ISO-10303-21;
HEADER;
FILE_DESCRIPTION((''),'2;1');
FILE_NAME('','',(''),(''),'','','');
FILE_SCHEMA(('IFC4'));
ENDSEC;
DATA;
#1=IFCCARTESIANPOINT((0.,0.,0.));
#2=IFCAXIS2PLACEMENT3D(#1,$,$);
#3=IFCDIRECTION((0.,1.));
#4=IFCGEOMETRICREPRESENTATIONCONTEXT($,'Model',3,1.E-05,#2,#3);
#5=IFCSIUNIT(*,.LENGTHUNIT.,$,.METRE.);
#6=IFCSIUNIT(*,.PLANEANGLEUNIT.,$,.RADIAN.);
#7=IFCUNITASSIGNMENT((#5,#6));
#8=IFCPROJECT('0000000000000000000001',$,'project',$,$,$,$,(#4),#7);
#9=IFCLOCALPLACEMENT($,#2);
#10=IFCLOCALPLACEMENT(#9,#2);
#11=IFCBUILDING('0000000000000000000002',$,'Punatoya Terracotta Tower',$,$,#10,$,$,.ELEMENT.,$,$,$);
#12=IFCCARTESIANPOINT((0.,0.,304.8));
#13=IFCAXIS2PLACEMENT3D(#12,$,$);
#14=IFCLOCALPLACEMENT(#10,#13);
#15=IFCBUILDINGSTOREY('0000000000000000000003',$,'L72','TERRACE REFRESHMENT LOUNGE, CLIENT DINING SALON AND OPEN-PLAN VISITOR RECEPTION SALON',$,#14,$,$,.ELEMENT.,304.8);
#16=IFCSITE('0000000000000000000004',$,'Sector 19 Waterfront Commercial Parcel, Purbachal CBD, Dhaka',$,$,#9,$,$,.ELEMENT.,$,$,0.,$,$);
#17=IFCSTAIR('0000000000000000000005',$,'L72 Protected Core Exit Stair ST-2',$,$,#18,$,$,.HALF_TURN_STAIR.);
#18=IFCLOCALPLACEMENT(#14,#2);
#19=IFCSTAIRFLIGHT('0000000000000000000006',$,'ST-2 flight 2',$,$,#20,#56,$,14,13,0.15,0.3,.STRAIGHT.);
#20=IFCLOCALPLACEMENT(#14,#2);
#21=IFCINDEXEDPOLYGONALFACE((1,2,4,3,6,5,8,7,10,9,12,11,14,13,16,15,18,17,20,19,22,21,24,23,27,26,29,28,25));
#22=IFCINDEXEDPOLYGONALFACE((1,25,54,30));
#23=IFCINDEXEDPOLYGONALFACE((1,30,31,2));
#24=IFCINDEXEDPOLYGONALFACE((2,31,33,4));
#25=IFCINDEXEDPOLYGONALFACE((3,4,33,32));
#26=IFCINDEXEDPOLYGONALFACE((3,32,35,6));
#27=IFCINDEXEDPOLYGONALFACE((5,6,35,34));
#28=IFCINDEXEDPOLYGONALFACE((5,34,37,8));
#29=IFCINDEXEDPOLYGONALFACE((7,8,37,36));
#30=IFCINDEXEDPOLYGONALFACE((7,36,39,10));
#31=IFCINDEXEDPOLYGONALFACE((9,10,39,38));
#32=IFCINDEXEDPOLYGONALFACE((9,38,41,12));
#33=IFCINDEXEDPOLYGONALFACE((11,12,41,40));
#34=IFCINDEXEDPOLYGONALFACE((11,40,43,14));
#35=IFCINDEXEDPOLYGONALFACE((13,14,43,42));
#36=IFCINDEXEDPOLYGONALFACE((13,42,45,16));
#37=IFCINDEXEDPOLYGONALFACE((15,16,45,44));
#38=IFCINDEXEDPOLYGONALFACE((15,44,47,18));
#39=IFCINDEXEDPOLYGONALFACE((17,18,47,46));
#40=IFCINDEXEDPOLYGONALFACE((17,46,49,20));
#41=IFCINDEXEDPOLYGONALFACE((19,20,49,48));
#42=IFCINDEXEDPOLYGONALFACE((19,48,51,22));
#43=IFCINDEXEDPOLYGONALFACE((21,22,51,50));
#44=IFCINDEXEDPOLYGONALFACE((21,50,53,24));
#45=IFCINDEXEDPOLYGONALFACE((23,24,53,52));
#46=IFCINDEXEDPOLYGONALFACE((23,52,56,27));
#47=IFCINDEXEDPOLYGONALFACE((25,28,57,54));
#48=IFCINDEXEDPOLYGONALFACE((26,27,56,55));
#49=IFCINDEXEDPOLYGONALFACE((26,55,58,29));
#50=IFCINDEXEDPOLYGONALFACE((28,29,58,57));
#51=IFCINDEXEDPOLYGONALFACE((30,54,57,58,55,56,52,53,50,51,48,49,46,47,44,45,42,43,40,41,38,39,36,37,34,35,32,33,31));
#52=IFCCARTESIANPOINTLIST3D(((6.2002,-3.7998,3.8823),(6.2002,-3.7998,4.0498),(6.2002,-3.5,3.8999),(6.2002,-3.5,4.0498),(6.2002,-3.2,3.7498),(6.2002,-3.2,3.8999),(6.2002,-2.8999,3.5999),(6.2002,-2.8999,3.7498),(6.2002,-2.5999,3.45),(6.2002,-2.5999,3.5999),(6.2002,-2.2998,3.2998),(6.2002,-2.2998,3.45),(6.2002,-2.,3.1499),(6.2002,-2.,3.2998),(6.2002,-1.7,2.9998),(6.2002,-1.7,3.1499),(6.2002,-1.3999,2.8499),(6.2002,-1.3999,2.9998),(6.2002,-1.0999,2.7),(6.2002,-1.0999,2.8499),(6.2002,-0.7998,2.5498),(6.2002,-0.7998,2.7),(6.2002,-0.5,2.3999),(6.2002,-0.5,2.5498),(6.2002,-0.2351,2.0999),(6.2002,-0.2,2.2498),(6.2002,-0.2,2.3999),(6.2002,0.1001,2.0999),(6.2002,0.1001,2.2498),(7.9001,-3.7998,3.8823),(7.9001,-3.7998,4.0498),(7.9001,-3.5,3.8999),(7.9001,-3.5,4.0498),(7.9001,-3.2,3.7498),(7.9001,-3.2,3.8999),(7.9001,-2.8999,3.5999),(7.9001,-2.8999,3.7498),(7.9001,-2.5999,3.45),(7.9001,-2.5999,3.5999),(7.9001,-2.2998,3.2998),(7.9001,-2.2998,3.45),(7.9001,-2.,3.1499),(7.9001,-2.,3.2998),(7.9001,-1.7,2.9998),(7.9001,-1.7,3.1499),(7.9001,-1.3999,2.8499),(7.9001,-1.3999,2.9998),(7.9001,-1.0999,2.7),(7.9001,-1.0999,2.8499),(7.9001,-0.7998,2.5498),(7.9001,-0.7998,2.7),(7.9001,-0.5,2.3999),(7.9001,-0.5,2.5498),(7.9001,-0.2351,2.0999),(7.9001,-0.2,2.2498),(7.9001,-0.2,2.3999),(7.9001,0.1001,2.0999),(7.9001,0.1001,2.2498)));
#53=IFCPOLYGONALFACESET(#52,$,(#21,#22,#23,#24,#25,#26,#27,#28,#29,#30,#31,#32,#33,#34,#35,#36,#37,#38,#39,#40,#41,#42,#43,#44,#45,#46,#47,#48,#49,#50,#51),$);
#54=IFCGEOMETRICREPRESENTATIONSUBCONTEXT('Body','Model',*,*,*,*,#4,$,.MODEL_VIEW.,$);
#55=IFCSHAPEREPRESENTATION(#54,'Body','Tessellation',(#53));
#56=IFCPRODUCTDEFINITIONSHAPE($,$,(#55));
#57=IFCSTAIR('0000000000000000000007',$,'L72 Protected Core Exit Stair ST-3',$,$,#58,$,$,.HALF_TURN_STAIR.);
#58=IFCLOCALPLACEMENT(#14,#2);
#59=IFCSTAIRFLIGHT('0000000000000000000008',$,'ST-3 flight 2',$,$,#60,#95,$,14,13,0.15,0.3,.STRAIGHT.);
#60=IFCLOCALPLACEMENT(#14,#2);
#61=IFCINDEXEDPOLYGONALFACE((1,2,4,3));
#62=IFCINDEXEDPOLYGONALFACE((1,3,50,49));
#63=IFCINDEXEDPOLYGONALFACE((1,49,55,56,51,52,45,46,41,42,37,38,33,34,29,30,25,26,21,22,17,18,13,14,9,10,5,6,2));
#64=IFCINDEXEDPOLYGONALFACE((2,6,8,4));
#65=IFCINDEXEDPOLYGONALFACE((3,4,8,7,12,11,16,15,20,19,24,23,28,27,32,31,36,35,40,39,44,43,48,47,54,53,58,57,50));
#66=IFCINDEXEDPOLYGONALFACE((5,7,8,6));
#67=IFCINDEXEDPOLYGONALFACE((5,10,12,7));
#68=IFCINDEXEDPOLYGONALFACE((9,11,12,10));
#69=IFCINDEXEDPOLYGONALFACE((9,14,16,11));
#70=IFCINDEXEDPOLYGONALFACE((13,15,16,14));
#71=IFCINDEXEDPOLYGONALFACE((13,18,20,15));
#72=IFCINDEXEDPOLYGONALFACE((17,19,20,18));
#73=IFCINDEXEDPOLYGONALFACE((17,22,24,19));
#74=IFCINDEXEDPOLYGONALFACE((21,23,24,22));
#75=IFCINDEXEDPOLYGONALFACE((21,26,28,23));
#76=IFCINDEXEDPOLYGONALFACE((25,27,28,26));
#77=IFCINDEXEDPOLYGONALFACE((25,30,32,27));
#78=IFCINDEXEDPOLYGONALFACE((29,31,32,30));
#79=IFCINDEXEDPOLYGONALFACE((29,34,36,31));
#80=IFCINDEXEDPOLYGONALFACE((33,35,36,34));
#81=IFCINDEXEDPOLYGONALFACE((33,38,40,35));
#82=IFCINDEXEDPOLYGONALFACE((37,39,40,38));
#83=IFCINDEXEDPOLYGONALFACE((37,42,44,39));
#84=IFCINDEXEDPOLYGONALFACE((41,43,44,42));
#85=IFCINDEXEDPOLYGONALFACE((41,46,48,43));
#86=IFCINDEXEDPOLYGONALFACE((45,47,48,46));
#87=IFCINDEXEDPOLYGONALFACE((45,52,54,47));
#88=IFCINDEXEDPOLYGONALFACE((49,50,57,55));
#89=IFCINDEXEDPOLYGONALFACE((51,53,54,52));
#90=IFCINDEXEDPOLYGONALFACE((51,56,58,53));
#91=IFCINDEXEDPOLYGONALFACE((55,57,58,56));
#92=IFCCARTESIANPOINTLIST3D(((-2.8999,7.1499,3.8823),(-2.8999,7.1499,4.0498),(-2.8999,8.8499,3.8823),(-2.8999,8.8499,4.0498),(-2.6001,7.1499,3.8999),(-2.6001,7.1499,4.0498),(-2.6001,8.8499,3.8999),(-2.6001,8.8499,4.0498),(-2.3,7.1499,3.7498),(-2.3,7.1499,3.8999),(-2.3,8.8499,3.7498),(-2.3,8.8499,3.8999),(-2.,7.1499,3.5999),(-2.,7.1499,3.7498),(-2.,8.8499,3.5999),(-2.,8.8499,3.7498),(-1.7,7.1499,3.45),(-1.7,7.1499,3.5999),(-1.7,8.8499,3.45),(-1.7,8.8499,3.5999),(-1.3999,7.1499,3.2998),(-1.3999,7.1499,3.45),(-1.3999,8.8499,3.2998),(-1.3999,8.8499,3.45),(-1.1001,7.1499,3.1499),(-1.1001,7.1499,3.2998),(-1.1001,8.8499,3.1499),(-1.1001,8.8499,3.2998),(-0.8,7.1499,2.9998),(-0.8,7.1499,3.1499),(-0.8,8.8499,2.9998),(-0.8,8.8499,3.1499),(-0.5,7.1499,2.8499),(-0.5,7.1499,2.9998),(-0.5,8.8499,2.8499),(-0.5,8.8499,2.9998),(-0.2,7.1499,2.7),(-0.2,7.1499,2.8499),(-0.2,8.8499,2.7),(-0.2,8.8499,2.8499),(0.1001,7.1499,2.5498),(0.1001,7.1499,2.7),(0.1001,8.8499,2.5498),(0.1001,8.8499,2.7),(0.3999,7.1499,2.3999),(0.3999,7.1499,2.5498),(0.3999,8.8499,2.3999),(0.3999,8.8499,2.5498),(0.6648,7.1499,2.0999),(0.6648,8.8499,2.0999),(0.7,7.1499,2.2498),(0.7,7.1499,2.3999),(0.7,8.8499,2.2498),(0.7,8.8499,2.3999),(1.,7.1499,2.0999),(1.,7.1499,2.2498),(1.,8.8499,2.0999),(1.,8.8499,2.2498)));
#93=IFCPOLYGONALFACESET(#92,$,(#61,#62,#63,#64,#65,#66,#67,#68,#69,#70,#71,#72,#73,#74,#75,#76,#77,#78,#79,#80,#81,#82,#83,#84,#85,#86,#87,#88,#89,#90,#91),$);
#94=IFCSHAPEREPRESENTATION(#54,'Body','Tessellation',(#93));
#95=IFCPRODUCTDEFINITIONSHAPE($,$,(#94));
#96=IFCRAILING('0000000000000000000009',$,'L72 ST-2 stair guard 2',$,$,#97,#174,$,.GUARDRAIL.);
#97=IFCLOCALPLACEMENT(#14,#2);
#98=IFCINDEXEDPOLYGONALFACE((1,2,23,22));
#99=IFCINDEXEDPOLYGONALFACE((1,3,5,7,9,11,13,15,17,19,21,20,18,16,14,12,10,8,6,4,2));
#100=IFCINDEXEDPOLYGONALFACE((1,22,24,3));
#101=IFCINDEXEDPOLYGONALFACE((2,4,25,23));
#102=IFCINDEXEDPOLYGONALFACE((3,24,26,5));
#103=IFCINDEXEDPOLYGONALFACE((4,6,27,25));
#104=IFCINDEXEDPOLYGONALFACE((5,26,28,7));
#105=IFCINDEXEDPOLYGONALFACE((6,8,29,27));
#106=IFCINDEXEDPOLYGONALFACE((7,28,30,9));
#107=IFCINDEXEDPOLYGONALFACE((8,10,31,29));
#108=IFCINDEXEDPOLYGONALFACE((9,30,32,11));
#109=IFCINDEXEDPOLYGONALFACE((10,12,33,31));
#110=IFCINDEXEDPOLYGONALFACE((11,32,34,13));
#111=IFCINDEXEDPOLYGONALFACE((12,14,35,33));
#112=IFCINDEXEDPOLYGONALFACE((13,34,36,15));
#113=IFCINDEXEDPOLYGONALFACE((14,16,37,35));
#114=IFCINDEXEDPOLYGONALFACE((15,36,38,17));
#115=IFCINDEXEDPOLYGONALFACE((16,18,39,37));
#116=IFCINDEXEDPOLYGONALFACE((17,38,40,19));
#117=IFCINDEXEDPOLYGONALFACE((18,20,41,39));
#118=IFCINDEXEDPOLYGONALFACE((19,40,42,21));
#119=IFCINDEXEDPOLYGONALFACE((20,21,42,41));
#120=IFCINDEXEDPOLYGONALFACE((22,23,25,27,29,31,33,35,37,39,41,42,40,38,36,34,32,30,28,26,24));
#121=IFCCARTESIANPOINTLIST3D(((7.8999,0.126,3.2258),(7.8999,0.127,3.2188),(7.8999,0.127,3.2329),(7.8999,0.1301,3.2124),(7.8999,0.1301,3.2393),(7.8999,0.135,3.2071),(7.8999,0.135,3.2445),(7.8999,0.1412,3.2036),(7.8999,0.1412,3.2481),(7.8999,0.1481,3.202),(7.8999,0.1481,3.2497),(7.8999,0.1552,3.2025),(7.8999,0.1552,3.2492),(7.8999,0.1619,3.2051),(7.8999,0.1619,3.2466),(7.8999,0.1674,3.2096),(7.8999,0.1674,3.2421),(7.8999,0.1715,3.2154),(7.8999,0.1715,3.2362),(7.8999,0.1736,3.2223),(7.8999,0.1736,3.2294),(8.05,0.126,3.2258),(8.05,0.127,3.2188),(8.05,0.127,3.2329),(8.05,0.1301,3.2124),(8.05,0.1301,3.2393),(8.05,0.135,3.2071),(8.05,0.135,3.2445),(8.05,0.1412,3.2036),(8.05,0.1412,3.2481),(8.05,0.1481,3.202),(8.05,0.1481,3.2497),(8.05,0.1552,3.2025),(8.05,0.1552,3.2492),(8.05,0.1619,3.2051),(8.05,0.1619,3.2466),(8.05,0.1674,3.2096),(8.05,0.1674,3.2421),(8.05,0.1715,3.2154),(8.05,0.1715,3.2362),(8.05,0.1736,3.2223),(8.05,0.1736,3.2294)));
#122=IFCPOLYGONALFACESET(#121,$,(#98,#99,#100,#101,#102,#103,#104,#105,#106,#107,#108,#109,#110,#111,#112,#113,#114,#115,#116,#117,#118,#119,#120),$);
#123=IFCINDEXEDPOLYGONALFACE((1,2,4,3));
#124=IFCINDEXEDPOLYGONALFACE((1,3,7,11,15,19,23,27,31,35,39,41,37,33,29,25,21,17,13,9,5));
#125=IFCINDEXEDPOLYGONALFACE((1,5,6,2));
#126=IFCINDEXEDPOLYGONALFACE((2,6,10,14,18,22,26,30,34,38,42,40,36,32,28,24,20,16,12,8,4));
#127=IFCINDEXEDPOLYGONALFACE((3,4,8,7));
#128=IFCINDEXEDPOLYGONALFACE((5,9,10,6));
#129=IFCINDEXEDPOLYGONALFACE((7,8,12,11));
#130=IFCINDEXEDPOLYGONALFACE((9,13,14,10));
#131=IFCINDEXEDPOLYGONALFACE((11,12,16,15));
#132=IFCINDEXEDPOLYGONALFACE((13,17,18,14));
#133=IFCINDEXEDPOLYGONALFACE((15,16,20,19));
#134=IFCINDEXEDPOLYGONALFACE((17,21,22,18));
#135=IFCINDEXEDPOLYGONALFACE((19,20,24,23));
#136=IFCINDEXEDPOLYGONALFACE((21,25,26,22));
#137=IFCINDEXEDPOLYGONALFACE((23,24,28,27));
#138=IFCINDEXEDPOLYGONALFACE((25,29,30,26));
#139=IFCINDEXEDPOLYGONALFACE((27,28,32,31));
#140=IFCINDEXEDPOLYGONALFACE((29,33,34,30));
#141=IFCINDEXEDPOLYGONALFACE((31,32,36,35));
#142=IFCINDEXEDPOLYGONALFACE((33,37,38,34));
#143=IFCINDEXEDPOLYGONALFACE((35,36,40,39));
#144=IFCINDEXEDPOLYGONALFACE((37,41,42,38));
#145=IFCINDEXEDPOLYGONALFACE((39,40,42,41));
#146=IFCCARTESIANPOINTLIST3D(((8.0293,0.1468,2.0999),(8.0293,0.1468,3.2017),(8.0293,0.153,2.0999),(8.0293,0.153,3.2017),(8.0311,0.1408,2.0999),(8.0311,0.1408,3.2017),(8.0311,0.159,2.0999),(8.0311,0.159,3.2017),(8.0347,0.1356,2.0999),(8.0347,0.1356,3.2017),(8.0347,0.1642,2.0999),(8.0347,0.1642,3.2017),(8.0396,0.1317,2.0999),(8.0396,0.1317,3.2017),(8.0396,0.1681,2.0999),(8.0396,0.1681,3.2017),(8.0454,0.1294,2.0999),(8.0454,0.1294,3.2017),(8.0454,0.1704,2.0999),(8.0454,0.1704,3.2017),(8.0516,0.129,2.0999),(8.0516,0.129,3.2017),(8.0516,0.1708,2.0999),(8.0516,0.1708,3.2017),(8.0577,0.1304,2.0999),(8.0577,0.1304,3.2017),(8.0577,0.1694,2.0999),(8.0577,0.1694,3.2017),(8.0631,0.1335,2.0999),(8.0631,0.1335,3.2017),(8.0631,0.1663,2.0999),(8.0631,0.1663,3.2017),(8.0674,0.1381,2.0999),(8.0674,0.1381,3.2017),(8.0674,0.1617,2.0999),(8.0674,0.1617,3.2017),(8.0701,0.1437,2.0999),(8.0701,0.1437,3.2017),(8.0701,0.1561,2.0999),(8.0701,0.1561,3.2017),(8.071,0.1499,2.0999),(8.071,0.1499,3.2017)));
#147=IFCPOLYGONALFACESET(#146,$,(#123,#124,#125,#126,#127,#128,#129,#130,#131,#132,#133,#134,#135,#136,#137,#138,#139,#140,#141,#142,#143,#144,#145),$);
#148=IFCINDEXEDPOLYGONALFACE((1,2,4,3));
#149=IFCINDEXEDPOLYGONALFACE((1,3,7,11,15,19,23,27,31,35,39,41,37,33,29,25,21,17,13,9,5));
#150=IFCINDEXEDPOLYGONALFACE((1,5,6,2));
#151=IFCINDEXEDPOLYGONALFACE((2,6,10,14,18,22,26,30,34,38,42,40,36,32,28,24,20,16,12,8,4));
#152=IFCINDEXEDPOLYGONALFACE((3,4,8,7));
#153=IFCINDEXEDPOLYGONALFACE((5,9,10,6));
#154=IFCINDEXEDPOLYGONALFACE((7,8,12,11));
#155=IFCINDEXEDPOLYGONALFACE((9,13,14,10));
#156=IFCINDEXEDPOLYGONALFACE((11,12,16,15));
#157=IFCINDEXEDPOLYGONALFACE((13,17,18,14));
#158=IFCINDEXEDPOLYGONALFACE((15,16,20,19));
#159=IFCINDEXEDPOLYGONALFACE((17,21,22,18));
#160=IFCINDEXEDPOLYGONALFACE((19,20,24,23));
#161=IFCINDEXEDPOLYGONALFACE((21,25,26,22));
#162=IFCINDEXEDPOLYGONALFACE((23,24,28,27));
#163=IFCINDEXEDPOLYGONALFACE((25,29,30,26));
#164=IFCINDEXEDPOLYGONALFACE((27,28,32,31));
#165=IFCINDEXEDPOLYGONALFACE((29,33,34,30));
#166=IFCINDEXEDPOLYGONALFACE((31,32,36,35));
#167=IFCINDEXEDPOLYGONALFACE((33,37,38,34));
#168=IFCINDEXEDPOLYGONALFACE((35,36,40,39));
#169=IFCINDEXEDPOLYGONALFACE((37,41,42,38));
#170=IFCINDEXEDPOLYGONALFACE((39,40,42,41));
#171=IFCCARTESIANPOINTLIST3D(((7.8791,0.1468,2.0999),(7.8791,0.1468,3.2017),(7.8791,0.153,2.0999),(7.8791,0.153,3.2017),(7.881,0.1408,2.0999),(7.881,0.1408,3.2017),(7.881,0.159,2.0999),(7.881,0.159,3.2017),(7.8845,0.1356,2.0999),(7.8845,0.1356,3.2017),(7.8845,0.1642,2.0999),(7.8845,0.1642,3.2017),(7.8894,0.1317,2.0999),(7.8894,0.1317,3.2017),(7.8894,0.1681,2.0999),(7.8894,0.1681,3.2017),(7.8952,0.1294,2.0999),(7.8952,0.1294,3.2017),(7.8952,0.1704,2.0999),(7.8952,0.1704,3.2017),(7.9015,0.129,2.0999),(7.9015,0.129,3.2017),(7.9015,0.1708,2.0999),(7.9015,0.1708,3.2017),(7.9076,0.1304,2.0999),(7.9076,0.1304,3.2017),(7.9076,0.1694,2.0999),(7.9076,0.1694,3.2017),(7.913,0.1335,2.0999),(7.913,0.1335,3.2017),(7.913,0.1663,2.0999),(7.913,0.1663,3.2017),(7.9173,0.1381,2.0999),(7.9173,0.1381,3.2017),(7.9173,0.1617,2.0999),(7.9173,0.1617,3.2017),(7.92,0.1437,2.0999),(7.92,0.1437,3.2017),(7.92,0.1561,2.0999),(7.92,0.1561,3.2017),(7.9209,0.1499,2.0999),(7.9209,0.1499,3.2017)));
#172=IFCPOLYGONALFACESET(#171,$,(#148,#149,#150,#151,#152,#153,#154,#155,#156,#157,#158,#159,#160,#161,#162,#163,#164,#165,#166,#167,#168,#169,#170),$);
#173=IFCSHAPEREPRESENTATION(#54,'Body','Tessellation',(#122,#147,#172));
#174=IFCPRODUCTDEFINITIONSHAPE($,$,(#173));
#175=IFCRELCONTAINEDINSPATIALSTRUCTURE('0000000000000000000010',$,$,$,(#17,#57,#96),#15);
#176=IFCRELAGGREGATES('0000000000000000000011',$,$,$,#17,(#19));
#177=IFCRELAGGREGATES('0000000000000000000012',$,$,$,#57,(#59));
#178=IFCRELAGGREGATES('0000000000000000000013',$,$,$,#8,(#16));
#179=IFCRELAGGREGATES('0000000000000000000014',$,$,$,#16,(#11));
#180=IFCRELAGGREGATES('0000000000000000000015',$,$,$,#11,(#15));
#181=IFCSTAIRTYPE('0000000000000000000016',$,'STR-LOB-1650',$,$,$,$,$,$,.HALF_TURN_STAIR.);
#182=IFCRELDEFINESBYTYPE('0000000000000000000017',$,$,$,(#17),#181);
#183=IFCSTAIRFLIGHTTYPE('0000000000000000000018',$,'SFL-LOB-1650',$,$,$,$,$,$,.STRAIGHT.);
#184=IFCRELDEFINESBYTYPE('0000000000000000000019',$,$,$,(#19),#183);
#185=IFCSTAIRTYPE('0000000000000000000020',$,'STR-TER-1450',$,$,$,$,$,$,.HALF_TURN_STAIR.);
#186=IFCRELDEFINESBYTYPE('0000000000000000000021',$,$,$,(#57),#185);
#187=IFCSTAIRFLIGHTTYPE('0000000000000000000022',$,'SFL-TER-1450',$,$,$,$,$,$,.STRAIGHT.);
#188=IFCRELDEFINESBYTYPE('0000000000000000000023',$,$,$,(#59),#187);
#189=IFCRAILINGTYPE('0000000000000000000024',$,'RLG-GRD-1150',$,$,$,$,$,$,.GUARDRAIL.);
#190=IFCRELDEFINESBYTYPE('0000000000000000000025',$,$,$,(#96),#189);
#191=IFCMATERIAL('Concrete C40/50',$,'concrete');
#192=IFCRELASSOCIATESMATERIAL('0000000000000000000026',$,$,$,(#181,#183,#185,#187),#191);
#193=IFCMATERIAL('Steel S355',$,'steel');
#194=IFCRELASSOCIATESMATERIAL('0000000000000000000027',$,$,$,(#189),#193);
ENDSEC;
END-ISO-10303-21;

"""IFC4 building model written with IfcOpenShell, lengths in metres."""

from ifc_helpers import new_model, si_unit, direction, frame, origin, origin_2d, place, context, subcontext, project, spatial, polyline, circle, outline, extrude, material, type_object, element, aggregate, save


model = new_model("IFC4")

# Units and contexts
model_context = context("Model", 3, precision=1e-05, world=origin(), true_north=direction((0.0, 1.0)))
body_context = subcontext(model_context, "Body", "Model", "MODEL_VIEW")
ifc_project = project(units=[si_unit("LENGTHUNIT", "METRE"), si_unit("PLANEANGLEUNIT", "RADIAN")], contexts=[model_context])

# Site, building, storey
site_placement = place(None, origin())
site = spatial("IfcSite", under=ifc_project, at=site_placement, Name="Sector 19 Waterfront Commercial Parcel, Purbachal CBD, Dhaka", CompositionType="ELEMENT", RefElevation=0.0)
building_placement = place(site_placement, origin())
building = spatial("IfcBuilding", under=site, at=building_placement, Name="Punatoya Terracotta Tower", CompositionType="ELEMENT")
storey_placement = place(building_placement, frame((0.0, 0.0, 304.8)))
storey = spatial("IfcBuildingStorey", under=building, at=storey_placement, Name="L72", Description="TERRACE REFRESHMENT LOUNGE, CLIENT DINING SALON AND OPEN-PLAN VISITOR RECEPTION SALON", CompositionType="ELEMENT", Elevation=304.8)

# Shared definitions
ifc_material_1 = material(Name="Steel S355", Category="steel")

# Shared definitions
ifc_material_2 = material(Name="Concrete C40/50", Category="concrete")

# Stairs, stair flights
stair_type_1 = type_object("IfcStairType", Name="STR-LOB-1650", PredefinedType="HALF_TURN_STAIR", material=ifc_material_2)
stair_1_placement = place(storey_placement, origin())
stair_1 = element("IfcStair", 1, at=stair_1_placement, inside=storey, type_object=stair_type_1, Name="L72 Protected Core Exit Stair ST-2", PredefinedType="HALF_TURN_STAIR")
stair_flight_type_1 = type_object("IfcStairFlightType", Name="SFL-LOB-1650", PredefinedType="STRAIGHT", material=ifc_material_2)
stair_flight_1_placement = place(storey_placement, frame((7.05, 0.1001, 2.0999), z_axis=(0.0, 0.0, 1.0), x_axis=(0.0, -1.0, 0.0)))
stair_flight_1 = element("IfcStairFlight", 2, at=stair_flight_1_placement, type_object=stair_flight_type_1, Name="ST-2 flight 2", NumberOfRisers=14, NumberOfTreads=13, PredefinedType="STRAIGHT", RiserHeight=0.15, TreadLength=0.3, context=body_context, shape_type="SweptSolid", body=[
    extrude(outline(polyline([(0.0, 0.0), (0.0, 0.1499), (0.3, 0.1499), (0.3, 0.3), (0.6001, 0.3), (0.6001, 0.45), (0.8999, 0.45), (0.8999, 0.6001), (1.2, 0.6001), (1.2, 0.75), (1.5, 0.75), (1.5, 0.8999), (1.8, 0.8999), (1.8, 1.05), (2.1001, 1.05), (2.1001, 1.2), (2.3999, 1.2), (2.3999, 1.3501), (2.7, 1.3501), (2.7, 1.5), (3.0, 1.5), (3.0, 1.6499), (3.3, 1.6499), (3.3, 1.8), (3.6001, 1.8), (3.6001, 1.95), (3.8999, 1.95), (3.8999, 2.1001), (3.8999, 1.7825), (0.3352, 0.0), (0.0, 0.0)])), frame((0.0, 0.8501, 0.0), z_axis=(0.0, -1.0, 0.0), x_axis=(1.0, 0.0, 0.0)), (0.0, 0.0, 1.0), 1.7),
])
aggregate(stair_1, [stair_flight_1])
stair_type_2 = type_object("IfcStairType", Name="STR-TER-1450", PredefinedType="HALF_TURN_STAIR", material=ifc_material_2)
stair_2_placement = place(storey_placement, origin())
stair_2 = element("IfcStair", 3, at=stair_2_placement, inside=storey, type_object=stair_type_2, Name="L72 Protected Core Exit Stair ST-3", PredefinedType="HALF_TURN_STAIR")
stair_flight_type_2 = type_object("IfcStairFlightType", Name="SFL-TER-1450", PredefinedType="STRAIGHT", material=ifc_material_2)
stair_flight_2_placement = place(storey_placement, frame((1.0, 8.0, 2.0999), z_axis=(0.0, 0.0, 1.0), x_axis=(-1.0, 0.0, 0.0)))
stair_flight_2 = element("IfcStairFlight", 4, at=stair_flight_2_placement, type_object=stair_flight_type_2, Name="ST-3 flight 2", NumberOfRisers=14, NumberOfTreads=13, PredefinedType="STRAIGHT", RiserHeight=0.15, TreadLength=0.3, context=body_context, shape_type="SweptSolid", body=[
    extrude(outline(polyline([(0.0, 0.0), (0.0, 0.1499), (0.3, 0.1499), (0.3, 0.3), (0.6001, 0.3), (0.6001, 0.45), (0.8999, 0.45), (0.8999, 0.6001), (1.2, 0.6001), (1.2, 0.75), (1.5, 0.75), (1.5, 0.8999), (1.8, 0.8999), (1.8, 1.05), (2.1001, 1.05), (2.1001, 1.2), (2.3999, 1.2), (2.3999, 1.3501), (2.7, 1.3501), (2.7, 1.5), (3.0, 1.5), (3.0, 1.6499), (3.3, 1.6499), (3.3, 1.8), (3.6001, 1.8), (3.6001, 1.95), (3.8999, 1.95), (3.8999, 2.1001), (3.8999, 1.7825), (0.3352, 0.0), (0.0, 0.0)])), frame((0.0, 0.8501, 0.0), z_axis=(0.0, -1.0, 0.0), x_axis=(1.0, 0.0, 0.0)), (0.0, 0.0, 1.0), 1.7),
])
aggregate(stair_2, [stair_flight_2])

# Railing
railing_type_1 = type_object("IfcRailingType", Name="RLG-GRD-1150", PredefinedType="GUARDRAIL", material=ifc_material_1)
railing_1_placement = place(storey_placement, frame((8.05, 0.1499, 2.0999)))
element("IfcRailing", 5, at=railing_1_placement, inside=storey, type_object=railing_type_1, Name="L72 ST-2 stair guard 2", PredefinedType="GUARDRAIL", context=body_context, shape_type="SweptSolid", body=[
    extrude(circle(Radius=0.0239, at=origin_2d()), frame((0.0, 0.0, 1.126), z_axis=(-1.0, 0.0, 0.0), x_axis=(0.0, -1.0, 0.0)), (0.0, 0.0, 1.0), 0.1501),
    extrude(circle(Radius=0.021, at=origin_2d()), origin(), (0.0, 0.0, 1.0), 1.1018),
    extrude(circle(Radius=0.021, at=origin_2d()), frame((-0.1501, 0.0, 0.0)), (0.0, 0.0, 1.0), 1.1018),
])

save(model, "model.ifc")
